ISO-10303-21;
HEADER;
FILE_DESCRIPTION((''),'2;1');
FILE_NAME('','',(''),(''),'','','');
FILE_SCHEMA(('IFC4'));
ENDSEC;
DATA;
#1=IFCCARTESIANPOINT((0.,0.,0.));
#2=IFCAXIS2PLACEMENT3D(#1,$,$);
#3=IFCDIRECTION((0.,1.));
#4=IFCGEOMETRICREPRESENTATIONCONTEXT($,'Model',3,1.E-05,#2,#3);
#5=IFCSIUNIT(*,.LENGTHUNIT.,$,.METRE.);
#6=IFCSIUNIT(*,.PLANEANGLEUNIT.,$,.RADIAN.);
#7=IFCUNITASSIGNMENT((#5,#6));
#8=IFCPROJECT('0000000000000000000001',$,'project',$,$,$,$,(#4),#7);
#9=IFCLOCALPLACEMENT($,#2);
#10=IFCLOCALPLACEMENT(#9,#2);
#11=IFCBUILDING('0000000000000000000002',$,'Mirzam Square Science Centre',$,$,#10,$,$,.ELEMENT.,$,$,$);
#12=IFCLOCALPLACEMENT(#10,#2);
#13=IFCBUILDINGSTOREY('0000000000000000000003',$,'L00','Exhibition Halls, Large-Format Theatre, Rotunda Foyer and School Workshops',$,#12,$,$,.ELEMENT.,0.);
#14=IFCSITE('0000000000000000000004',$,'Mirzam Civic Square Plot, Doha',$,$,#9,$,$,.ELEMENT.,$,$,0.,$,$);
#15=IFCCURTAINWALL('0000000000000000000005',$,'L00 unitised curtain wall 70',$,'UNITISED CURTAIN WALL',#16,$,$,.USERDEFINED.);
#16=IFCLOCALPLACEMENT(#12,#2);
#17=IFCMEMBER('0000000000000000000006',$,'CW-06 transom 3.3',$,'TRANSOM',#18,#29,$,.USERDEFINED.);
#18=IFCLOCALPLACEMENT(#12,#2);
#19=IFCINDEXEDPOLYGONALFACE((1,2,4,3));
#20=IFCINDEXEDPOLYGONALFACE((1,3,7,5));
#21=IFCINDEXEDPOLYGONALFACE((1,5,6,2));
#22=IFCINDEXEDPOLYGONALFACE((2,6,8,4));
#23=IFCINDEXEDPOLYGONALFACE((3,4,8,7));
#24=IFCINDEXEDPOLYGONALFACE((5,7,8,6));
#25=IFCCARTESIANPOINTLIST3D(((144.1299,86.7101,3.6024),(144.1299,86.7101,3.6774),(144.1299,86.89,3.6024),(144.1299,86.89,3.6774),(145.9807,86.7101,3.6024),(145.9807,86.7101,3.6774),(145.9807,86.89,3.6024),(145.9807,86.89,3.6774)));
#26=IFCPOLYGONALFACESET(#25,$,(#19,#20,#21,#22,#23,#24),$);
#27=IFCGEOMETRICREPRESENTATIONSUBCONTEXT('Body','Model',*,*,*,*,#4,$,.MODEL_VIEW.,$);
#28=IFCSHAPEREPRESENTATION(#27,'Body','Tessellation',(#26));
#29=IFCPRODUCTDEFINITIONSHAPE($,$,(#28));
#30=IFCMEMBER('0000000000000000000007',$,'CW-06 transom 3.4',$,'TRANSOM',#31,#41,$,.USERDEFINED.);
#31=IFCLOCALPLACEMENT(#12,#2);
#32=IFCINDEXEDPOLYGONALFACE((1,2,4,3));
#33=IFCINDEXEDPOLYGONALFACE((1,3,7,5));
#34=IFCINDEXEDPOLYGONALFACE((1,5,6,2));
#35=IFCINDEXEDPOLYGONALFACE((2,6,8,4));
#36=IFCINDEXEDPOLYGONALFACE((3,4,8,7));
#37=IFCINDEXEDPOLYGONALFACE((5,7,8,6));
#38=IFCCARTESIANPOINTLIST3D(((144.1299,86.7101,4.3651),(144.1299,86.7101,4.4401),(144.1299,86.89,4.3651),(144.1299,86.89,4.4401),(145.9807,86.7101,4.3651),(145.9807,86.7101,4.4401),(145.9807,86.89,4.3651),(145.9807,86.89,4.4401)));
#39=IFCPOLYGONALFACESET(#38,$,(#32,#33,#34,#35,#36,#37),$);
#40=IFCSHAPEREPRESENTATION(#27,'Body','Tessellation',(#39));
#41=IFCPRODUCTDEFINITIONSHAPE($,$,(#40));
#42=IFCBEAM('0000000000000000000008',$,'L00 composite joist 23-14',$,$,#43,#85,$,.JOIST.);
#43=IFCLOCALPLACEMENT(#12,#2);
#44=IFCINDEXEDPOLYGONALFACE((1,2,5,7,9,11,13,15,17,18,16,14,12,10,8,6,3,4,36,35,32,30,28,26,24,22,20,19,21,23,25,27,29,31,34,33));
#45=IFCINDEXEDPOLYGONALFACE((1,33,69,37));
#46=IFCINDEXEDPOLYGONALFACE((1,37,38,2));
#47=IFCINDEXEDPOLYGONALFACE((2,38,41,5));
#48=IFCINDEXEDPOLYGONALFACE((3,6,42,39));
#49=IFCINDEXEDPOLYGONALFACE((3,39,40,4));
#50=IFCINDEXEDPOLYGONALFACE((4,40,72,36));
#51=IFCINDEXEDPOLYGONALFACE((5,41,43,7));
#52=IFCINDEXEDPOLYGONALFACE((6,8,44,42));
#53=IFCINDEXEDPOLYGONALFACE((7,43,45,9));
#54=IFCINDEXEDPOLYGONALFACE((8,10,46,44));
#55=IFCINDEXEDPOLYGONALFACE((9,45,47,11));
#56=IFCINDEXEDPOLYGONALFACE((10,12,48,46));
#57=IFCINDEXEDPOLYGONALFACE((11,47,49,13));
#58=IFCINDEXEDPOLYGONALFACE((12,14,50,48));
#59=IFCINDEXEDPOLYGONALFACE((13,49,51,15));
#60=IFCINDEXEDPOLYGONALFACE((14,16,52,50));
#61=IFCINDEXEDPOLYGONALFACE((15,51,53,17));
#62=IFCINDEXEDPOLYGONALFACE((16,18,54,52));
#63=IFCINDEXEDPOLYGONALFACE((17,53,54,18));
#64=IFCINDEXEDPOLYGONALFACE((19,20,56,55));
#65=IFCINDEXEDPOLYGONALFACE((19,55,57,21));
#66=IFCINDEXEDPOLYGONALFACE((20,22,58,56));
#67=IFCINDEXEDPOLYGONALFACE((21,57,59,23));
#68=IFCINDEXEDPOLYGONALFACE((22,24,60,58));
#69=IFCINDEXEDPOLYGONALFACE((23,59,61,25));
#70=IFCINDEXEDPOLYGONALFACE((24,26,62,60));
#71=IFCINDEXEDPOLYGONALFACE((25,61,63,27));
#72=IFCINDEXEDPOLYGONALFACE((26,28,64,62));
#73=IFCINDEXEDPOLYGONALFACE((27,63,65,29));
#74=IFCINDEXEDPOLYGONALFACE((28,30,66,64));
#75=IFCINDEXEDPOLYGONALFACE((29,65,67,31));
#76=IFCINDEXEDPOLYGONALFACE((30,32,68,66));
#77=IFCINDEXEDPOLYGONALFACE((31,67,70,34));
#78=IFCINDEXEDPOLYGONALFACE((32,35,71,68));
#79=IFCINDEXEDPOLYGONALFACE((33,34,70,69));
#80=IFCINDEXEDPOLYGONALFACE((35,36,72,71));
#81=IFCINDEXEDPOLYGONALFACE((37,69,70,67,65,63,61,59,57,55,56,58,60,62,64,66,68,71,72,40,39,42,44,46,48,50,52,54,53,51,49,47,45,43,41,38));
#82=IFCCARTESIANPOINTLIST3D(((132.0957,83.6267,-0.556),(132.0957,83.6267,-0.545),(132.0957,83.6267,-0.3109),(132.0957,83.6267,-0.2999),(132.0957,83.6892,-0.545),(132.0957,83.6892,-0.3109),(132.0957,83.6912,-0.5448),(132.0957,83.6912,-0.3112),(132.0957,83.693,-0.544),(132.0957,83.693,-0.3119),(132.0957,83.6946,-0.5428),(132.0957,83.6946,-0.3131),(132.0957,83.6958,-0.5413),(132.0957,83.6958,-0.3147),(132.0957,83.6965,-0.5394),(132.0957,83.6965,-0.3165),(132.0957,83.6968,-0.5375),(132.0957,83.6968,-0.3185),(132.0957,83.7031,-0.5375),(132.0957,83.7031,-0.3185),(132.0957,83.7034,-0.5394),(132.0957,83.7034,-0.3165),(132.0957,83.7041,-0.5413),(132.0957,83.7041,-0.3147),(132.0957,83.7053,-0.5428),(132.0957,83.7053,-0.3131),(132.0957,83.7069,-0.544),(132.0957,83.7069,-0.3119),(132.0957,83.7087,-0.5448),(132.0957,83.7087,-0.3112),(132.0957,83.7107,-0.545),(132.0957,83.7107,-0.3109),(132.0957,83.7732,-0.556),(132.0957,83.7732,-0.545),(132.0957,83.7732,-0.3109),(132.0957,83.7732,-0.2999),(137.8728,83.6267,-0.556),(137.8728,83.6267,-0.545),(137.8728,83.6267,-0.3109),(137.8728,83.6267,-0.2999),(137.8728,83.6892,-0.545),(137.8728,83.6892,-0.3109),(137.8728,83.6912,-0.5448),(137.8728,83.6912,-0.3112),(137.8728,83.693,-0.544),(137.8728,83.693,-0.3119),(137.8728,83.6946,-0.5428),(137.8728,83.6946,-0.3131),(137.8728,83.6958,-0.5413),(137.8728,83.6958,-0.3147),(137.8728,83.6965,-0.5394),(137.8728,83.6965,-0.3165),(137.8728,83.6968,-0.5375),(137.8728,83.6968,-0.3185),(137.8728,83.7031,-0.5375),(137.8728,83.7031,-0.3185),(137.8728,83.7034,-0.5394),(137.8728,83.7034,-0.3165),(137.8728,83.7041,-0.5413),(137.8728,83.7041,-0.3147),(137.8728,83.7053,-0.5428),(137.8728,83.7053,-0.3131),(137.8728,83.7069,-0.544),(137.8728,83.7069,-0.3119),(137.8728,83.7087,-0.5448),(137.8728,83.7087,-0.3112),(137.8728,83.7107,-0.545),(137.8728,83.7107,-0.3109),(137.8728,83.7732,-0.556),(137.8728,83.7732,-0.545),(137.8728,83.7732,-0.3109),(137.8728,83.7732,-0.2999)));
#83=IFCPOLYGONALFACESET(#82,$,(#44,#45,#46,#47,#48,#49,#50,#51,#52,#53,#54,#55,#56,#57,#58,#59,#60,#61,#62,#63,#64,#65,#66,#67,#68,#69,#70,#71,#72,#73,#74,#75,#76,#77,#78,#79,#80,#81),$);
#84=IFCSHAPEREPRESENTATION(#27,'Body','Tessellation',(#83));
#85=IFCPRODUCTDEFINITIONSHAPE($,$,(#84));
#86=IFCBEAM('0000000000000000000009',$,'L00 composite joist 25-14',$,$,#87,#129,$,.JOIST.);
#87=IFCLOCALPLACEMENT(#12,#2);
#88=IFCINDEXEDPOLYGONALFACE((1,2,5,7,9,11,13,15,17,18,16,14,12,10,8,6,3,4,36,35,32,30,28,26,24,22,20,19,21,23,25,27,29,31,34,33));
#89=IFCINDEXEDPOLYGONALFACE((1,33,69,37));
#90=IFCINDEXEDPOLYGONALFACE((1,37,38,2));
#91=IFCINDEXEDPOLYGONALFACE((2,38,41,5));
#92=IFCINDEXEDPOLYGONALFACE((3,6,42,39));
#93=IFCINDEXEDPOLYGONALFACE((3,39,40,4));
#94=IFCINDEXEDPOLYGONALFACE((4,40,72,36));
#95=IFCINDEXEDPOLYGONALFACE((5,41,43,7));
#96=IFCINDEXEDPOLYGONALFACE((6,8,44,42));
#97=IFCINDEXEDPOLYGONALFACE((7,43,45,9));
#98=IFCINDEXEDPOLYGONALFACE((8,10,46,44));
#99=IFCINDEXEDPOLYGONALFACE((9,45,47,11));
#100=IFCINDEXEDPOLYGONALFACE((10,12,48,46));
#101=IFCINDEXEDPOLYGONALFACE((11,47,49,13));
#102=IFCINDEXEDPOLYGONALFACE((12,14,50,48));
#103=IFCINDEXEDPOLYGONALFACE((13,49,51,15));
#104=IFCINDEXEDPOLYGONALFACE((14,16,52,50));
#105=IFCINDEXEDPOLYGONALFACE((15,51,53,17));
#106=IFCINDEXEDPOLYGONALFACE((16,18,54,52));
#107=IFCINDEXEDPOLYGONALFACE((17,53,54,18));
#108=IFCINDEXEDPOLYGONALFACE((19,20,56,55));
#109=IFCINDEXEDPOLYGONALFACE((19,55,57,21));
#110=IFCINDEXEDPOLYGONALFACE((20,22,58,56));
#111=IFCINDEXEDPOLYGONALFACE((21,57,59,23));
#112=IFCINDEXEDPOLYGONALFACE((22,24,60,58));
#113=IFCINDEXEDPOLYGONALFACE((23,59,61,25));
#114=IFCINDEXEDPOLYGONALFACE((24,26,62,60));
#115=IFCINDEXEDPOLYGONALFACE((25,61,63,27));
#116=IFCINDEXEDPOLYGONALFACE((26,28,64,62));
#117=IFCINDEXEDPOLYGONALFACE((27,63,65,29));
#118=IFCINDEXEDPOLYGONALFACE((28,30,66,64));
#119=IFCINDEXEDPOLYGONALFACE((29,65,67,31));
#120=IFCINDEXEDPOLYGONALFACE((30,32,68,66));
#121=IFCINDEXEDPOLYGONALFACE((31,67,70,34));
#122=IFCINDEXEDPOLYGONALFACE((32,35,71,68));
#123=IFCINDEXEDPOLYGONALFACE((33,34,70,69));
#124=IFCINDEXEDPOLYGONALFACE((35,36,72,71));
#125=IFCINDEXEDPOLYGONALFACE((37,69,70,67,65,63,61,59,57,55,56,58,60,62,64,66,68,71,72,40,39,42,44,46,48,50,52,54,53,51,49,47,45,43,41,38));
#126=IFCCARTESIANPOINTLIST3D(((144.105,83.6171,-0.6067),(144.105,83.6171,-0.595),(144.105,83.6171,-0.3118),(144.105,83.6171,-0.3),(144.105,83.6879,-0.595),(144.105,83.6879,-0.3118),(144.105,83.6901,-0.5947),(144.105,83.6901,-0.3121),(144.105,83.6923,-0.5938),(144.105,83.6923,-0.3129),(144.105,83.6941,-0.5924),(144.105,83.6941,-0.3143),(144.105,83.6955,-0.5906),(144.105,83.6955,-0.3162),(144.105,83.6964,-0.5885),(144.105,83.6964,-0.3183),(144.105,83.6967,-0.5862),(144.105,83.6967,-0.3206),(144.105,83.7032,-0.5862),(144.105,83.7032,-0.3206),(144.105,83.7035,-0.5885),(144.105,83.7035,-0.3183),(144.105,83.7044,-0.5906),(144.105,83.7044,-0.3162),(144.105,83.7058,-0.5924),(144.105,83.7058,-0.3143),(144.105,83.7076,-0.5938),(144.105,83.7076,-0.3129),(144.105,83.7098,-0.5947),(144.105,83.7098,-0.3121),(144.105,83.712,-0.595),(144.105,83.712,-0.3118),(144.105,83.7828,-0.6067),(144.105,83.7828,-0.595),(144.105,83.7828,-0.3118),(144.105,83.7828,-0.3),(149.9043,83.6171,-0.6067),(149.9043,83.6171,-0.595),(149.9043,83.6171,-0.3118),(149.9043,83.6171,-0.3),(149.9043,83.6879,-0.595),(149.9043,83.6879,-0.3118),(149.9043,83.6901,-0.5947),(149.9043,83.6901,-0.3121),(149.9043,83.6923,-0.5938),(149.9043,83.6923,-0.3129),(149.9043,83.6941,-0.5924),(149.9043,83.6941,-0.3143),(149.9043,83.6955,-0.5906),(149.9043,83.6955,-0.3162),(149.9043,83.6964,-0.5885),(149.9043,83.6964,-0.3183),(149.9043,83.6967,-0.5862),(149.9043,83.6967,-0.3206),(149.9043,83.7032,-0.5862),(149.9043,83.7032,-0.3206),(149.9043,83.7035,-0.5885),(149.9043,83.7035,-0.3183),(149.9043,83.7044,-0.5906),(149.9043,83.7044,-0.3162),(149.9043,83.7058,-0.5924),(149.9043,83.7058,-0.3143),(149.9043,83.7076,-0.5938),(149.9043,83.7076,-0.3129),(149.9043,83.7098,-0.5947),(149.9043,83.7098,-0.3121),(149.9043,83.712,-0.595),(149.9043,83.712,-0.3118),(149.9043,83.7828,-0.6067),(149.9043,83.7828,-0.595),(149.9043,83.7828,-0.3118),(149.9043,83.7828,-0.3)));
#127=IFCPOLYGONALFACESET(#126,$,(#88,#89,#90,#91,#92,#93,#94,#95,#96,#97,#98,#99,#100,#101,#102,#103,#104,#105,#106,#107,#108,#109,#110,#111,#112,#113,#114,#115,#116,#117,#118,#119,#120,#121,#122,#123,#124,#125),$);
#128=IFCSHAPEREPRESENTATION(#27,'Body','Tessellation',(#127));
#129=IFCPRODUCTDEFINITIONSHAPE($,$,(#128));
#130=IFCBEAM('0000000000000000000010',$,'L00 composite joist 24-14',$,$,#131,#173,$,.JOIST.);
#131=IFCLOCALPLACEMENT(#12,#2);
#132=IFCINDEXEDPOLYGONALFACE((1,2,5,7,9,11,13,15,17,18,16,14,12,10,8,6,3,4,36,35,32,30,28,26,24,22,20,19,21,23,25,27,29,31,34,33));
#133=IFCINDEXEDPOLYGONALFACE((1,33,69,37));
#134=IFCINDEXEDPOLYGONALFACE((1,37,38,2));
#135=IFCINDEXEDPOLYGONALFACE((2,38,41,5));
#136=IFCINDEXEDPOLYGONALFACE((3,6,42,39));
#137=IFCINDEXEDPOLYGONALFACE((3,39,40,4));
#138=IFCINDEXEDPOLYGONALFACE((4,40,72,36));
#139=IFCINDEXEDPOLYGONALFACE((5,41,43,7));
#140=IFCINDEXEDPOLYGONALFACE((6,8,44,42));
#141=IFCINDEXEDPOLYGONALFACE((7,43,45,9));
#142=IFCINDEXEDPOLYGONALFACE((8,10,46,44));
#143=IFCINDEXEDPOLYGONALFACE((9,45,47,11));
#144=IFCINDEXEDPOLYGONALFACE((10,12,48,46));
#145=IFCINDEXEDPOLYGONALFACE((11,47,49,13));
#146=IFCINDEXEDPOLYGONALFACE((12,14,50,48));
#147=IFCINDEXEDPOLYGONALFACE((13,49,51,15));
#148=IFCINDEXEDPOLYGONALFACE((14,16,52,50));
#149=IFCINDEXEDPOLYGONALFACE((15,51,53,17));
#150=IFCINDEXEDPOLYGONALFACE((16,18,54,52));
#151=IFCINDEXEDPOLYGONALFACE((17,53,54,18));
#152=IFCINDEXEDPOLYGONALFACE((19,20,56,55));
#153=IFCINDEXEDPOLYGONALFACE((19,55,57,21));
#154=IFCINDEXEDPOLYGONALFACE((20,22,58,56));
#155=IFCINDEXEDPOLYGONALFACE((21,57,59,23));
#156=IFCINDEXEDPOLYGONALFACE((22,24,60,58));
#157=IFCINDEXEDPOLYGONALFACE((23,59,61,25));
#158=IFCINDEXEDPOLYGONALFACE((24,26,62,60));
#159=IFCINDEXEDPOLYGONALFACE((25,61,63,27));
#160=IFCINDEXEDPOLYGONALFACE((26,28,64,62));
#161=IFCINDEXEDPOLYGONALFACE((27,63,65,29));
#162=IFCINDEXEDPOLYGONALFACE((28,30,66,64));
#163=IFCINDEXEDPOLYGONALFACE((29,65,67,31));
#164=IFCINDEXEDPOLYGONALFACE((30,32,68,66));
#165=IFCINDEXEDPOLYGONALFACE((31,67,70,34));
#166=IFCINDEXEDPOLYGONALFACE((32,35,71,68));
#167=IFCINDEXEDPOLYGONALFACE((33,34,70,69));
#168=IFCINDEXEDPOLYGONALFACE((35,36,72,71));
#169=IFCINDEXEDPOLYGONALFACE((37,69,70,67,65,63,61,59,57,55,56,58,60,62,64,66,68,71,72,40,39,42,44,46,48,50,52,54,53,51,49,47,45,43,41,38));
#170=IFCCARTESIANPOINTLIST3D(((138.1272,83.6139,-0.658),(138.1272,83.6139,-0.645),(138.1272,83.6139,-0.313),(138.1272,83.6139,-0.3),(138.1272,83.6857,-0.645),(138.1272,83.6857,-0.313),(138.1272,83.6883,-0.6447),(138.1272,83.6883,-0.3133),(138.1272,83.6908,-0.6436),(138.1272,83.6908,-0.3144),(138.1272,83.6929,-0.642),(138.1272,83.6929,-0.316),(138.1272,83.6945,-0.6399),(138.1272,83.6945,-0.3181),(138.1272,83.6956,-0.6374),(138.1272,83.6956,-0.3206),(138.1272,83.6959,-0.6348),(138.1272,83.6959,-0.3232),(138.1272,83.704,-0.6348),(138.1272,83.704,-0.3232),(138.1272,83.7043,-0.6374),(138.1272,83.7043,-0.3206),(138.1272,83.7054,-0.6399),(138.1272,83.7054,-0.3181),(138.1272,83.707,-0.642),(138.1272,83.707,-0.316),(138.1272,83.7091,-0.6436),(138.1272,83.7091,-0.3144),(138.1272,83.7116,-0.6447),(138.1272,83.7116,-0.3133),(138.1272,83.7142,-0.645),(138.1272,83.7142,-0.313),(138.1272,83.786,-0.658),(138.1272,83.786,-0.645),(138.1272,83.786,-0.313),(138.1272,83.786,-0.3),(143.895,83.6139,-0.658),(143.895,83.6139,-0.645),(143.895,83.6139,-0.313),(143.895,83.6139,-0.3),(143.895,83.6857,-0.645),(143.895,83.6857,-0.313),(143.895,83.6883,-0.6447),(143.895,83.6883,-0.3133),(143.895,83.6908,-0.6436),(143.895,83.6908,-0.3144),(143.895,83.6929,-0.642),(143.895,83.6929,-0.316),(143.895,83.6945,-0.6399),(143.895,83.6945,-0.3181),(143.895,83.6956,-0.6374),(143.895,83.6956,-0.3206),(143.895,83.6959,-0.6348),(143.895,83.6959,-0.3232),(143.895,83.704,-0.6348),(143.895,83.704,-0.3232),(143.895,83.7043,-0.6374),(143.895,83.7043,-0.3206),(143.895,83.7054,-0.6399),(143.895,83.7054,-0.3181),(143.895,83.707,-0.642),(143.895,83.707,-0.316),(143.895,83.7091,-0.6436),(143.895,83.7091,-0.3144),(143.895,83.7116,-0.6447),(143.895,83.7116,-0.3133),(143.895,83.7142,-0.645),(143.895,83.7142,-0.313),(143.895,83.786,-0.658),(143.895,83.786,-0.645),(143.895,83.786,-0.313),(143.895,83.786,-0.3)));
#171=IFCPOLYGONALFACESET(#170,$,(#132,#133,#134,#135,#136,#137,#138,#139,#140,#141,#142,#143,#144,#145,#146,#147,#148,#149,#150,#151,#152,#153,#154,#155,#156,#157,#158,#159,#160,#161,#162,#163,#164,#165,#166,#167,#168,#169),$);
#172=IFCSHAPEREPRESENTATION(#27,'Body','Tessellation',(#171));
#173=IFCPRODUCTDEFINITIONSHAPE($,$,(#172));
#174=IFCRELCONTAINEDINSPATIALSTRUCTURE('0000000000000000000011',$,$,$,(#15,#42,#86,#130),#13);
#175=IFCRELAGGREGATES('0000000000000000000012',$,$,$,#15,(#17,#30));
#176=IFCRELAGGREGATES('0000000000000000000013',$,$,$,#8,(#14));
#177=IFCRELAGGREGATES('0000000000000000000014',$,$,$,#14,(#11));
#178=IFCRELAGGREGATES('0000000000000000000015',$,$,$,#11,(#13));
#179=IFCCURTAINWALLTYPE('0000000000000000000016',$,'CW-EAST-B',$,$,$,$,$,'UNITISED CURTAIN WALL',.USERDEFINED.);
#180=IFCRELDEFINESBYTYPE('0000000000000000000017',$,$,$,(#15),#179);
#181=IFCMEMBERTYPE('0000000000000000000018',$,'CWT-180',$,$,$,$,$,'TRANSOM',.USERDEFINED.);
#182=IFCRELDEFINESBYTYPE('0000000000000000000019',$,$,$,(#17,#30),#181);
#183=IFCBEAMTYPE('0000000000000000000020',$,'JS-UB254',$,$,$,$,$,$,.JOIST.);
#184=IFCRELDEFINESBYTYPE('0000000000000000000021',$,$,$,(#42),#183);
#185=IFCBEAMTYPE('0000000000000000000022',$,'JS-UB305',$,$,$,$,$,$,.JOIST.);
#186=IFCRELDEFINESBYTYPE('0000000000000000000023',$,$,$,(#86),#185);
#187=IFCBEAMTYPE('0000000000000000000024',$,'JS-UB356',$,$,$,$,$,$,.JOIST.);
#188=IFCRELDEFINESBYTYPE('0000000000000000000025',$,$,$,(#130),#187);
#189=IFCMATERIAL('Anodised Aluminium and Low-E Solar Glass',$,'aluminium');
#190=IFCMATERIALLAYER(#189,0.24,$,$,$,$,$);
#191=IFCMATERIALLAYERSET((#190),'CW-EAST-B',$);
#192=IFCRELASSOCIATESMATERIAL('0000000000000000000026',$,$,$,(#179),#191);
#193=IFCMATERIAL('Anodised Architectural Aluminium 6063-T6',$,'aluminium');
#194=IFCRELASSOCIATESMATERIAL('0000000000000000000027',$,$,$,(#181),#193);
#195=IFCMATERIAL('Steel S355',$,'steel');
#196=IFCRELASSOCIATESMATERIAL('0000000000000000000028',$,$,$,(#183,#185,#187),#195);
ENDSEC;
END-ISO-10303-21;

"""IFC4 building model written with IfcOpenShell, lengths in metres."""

from ifc_helpers import new_model, si_unit, direction, frame, origin, origin_2d, place, context, subcontext, project, spatial, rectangle, i_section, extrude, material, layer, layer_set, material_profile, profile_set, type_object, element, aggregate, save


model = new_model("IFC4")

# Units and contexts
model_context = context("Model", 3, precision=1e-05, world=origin(), true_north=direction((0.0, 1.0)))
body_context = subcontext(model_context, "Body", "Model", "MODEL_VIEW")
ifc_project = project(units=[si_unit("LENGTHUNIT", "METRE"), si_unit("PLANEANGLEUNIT", "RADIAN")], contexts=[model_context])

# Site, building, storey
site_placement = place(None, origin())
site = spatial("IfcSite", under=ifc_project, at=site_placement, Name="Mirzam Civic Square Plot, Doha", CompositionType="ELEMENT", RefElevation=0.0)
building_placement = place(site_placement, origin())
building = spatial("IfcBuilding", under=site, at=building_placement, Name="Mirzam Square Science Centre", CompositionType="ELEMENT")
storey_placement = place(building_placement, origin())
storey = spatial("IfcBuildingStorey", under=building, at=storey_placement, Name="L00", Description="Exhibition Halls, Large-Format Theatre, Rotunda Foyer and School Workshops", CompositionType="ELEMENT", Elevation=0.0)

# Shared definitions
ifc_material_1 = material(Name="Steel S355", Category="steel")

# Curtain wall, members
ifc_material_2 = material(Name="Anodised Aluminium and Low-E Solar Glass", Category="aluminium")
ifc_layer_1 = layer(ifc_material_2, 0.24)
ifc_layer_set_1 = layer_set([ifc_layer_1], Name="CW-EAST-B")
curtain_wall_type = type_object("IfcCurtainWallType", Name="CW-EAST-B", ElementType="UNITISED CURTAIN WALL", PredefinedType="USERDEFINED", material=ifc_layer_set_1)
curtain_wall_placement = place(storey_placement, origin())
curtain_wall = element("IfcCurtainWall", 1, at=curtain_wall_placement, inside=storey, type_object=curtain_wall_type, Name="L00 unitised curtain wall 70", ObjectType="UNITISED CURTAIN WALL", PredefinedType="USERDEFINED")
ifc_material_3 = material(Name="Anodised Architectural Aluminium 6063-T6", Category="aluminium")
ifc_material_profile_1 = material_profile(ifc_material_3, rectangle(XDim=0.1799, YDim=0.075, at=origin_2d()), Name="ALU-TRAN-180x75x5")
ifc_profile_set_1 = profile_set([ifc_material_profile_1], Name="Anodised Architectural Aluminium 6063-T6")
member_type_1 = type_object("IfcMemberType", Name="CWT-180", ElementType="TRANSOM", PredefinedType="USERDEFINED", material=ifc_profile_set_1)
member_1_placement = place(storey_placement, frame((145.9807, 86.8, 3.6399), z_axis=(-1.0, 0.0, 0.0), x_axis=(0.0, -1.0, 0.0)))
member_1 = element("IfcMember", 2, at=member_1_placement, type_object=member_type_1, Name="CW-06 transom 3.3", ObjectType="TRANSOM", PredefinedType="USERDEFINED", context=body_context, shape_type="SweptSolid", body=[
    extrude(rectangle(XDim=0.1799, YDim=0.075, at=origin_2d()), origin(), (0.0, 0.0, 1.0), 1.8508),
])
member_2_placement = place(storey_placement, frame((145.9807, 86.8, 4.4026), z_axis=(-1.0, 0.0, 0.0), x_axis=(0.0, -1.0, 0.0)))
member_2 = element("IfcMember", 3, at=member_2_placement, type_object=member_type_1, Name="CW-06 transom 3.4", ObjectType="TRANSOM", PredefinedType="USERDEFINED", context=body_context, shape_type="SweptSolid", body=[
    extrude(rectangle(XDim=0.1799, YDim=0.075, at=origin_2d()), origin(), (0.0, 0.0, 1.0), 1.8508),
])

# Beams
ifc_material_profile_2 = material_profile(ifc_material_1, i_section(OverallWidth=0.1465, OverallDepth=0.2561, WebThickness=0.0063, FlangeThickness=0.011, FilletRadius=0.0076, at=origin_2d()), Name="254x146x37UB")
ifc_profile_set_2 = profile_set([ifc_material_profile_2], Name="Steel S355")
beam_type_1 = type_object("IfcBeamType", Name="JS-UB254", PredefinedType="JOIST", material=ifc_profile_set_2)
beam_1_placement = place(storey_placement, frame((132.0957, 83.7, -0.428), z_axis=(1.0, 0.0, 0.0), x_axis=(0.0, 1.0, 0.0)))
element("IfcBeam", 4, at=beam_1_placement, inside=storey, type_object=beam_type_1, Name="L00 composite joist 23-14", PredefinedType="JOIST", context=body_context, shape_type="SweptSolid", body=[
    extrude(i_section(OverallWidth=0.1465, OverallDepth=0.2561, WebThickness=0.0063, FlangeThickness=0.011, FilletRadius=0.0076, at=origin_2d()), origin(), (0.0, 0.0, 1.0), 5.7771),
])
ifc_material_profile_3 = material_profile(ifc_material_1, i_section(OverallWidth=0.1658, OverallDepth=0.3066, WebThickness=0.0066, FlangeThickness=0.0117, FilletRadius=0.0088, at=origin_2d()), Name="305x165x46UB")
ifc_profile_set_3 = profile_set([ifc_material_profile_3], Name="Steel S355")
beam_type_2 = type_object("IfcBeamType", Name="JS-UB305", PredefinedType="JOIST", material=ifc_profile_set_3)
beam_2_placement = place(storey_placement, frame((144.105, 83.7, -0.4534), z_axis=(1.0, 0.0, 0.0), x_axis=(0.0, 1.0, 0.0)))
element("IfcBeam", 5, at=beam_2_placement, inside=storey, type_object=beam_type_2, Name="L00 composite joist 25-14", PredefinedType="JOIST", context=body_context, shape_type="SweptSolid", body=[
    extrude(i_section(OverallWidth=0.1658, OverallDepth=0.3066, WebThickness=0.0066, FlangeThickness=0.0117, FilletRadius=0.0088, at=origin_2d()), origin(), (0.0, 0.0, 1.0), 5.7993),
])
ifc_material_profile_4 = material_profile(ifc_material_1, i_section(OverallWidth=0.1721, OverallDepth=0.3579, WebThickness=0.0081, FlangeThickness=0.0129, FilletRadius=0.0103, at=origin_2d()), Name="356x171x57UB")
ifc_profile_set_4 = profile_set([ifc_material_profile_4], Name="Steel S355")
beam_type_3 = type_object("IfcBeamType", Name="JS-UB356", PredefinedType="JOIST", material=ifc_profile_set_4)
beam_3_placement = place(storey_placement, frame((138.1272, 83.7, -0.479), z_axis=(1.0, 0.0, 0.0), x_axis=(0.0, 1.0, 0.0)))
element("IfcBeam", 6, at=beam_3_placement, inside=storey, type_object=beam_type_3, Name="L00 composite joist 24-14", PredefinedType="JOIST", context=body_context, shape_type="SweptSolid", body=[
    extrude(i_section(OverallWidth=0.1721, OverallDepth=0.3579, WebThickness=0.0081, FlangeThickness=0.0129, FilletRadius=0.0103, at=origin_2d()), origin(), (0.0, 0.0, 1.0), 5.7678),
])

aggregate(curtain_wall, [member_1, member_2])

save(model, "model.ifc")
